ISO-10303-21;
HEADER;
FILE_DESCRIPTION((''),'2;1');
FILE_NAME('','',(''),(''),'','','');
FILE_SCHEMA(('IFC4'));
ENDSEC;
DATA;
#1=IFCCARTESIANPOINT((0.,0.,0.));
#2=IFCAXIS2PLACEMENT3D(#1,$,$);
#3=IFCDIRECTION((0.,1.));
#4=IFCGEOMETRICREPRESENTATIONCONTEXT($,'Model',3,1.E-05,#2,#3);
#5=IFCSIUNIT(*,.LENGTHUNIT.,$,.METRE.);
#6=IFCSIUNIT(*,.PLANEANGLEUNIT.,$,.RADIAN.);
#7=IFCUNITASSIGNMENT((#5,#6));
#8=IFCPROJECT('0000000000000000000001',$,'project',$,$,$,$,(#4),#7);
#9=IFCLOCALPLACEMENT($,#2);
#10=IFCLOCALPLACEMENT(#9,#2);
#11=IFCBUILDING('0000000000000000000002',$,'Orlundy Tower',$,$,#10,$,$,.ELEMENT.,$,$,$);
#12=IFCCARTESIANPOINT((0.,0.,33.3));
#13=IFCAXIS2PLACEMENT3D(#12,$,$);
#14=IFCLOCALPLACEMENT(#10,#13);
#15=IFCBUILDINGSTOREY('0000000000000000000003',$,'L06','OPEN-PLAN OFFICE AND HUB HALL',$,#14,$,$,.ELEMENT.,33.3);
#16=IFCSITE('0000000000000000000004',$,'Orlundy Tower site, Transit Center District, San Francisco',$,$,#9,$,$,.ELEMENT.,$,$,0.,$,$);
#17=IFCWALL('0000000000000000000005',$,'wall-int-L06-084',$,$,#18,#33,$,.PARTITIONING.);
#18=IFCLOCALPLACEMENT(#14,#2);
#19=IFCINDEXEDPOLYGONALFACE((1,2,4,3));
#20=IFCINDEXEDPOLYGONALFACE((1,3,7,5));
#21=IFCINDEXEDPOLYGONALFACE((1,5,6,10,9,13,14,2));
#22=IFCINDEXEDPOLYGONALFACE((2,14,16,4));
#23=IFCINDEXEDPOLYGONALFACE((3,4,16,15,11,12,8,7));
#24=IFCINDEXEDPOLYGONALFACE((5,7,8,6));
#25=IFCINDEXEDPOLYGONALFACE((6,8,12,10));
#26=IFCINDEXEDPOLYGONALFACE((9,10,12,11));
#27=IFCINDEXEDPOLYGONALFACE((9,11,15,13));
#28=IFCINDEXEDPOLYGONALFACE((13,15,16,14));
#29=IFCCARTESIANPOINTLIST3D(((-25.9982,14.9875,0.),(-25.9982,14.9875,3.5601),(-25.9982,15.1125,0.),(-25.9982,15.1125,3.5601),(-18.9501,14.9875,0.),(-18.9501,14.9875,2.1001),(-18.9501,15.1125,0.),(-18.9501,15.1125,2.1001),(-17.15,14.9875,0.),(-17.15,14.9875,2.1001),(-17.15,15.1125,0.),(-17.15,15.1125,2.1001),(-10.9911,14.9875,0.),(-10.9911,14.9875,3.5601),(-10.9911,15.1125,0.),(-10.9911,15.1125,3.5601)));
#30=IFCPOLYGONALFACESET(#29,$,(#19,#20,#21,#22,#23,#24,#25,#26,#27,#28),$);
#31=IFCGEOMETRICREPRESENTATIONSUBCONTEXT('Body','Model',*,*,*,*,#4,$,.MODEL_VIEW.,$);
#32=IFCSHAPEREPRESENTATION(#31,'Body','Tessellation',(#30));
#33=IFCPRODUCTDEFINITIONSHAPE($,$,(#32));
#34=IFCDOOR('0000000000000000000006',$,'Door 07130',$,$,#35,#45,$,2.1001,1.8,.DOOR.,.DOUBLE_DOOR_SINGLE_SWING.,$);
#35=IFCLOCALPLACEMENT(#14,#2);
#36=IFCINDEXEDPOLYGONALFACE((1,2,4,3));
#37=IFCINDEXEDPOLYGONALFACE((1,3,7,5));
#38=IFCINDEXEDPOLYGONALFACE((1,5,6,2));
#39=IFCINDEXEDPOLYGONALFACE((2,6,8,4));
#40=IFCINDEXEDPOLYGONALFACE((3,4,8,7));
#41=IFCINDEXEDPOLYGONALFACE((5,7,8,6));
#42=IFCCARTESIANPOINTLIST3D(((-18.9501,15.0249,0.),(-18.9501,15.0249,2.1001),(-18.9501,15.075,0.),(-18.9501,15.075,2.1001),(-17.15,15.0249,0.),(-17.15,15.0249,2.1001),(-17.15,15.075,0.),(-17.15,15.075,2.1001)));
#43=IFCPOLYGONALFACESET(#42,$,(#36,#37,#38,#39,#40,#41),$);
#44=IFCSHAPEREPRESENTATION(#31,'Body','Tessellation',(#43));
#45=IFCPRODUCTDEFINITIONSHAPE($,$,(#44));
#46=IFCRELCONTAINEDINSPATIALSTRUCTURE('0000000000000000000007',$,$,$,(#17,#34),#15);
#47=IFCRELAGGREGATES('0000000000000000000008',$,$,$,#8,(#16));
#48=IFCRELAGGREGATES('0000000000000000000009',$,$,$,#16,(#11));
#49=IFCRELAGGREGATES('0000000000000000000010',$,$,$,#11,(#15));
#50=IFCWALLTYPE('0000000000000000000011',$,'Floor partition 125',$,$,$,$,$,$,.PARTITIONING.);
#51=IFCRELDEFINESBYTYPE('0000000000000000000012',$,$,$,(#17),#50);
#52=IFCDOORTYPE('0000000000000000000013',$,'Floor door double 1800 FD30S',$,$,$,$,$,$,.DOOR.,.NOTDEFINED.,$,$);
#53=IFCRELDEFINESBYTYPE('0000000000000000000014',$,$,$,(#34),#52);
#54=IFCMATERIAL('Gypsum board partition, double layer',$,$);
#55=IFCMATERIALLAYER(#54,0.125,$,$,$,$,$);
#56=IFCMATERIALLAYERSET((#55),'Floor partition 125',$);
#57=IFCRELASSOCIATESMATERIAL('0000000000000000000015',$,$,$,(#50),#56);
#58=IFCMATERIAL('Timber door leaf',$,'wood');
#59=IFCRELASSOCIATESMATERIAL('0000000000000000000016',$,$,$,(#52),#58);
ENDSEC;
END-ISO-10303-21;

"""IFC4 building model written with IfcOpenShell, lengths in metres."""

from ifc_helpers import new_model, si_unit, direction, frame, frame_2d, origin, place, context, subcontext, project, spatial, rectangle, extrude, material, layer, layer_set, type_object, element, fill, save


model = new_model("IFC4")

# Units and contexts
model_context = context("Model", 3, precision=1e-05, world=origin(), true_north=direction((0.0, 1.0)))
body_context = subcontext(model_context, "Body", "Model", "MODEL_VIEW")
ifc_project = project(units=[si_unit("LENGTHUNIT", "METRE"), si_unit("PLANEANGLEUNIT", "RADIAN")], contexts=[model_context])

# Site, building, storey
site_placement = place(None, origin())
site = spatial("IfcSite", under=ifc_project, at=site_placement, Name="Orlundy Tower site, Transit Center District, San Francisco", CompositionType="ELEMENT", RefElevation=0.0)
building_placement = place(site_placement, origin())
building = spatial("IfcBuilding", under=site, at=building_placement, Name="Orlundy Tower", CompositionType="ELEMENT")
storey_placement = place(building_placement, frame((0.0, 0.0, 33.3)))
storey = spatial("IfcBuildingStorey", under=building, at=storey_placement, Name="L06", Description="OPEN-PLAN OFFICE AND HUB HALL", CompositionType="ELEMENT", Elevation=33.3)

# Wall, opening, door
ifc_material_1 = material(Name="Gypsum board partition, double layer")
ifc_layer_1 = layer(ifc_material_1, 0.125)
ifc_layer_set_1 = layer_set([ifc_layer_1], Name="Floor partition 125")
wall_type_1 = type_object("IfcWallType", Name="Floor partition 125", PredefinedType="PARTITIONING", material=ifc_layer_set_1)
wall_1_placement = place(storey_placement, frame((-25.998, 15.05, 0.0), z_axis=(0.0, 0.0, 1.0), x_axis=(1.0, 0.0, 0.0)))
wall_1 = element("IfcWall", 1, at=wall_1_placement, inside=storey, type_object=wall_type_1, Name="wall-int-L06-084", PredefinedType="PARTITIONING", context=body_context, shape_type="SweptSolid", body=[
    extrude(rectangle(XDim=15.0071, YDim=0.125, at=frame_2d((7.5034, 0.0))), origin(), (0.0, 0.0, 1.0), 3.5601),
])
opening_placement = place(wall_1_placement, frame((7.0481, 0.0, 0.0)))
opening = element("IfcOpeningElement", 2, at=opening_placement, cuts=wall_1, PredefinedType="OPENING", context=body_context, shape_type="SweptSolid", body=[
    extrude(rectangle(XDim=1.8, YDim=2.1001, at=frame_2d((0.8999, 1.05))), frame((0.0, 0.0725, 0.0), z_axis=(0.0, -1.0, 0.0), x_axis=(1.0, 0.0, 0.0)), (0.0, 0.0, 1.0), 0.145),
])
ifc_material_2 = material(Name="Timber door leaf", Category="wood")
door_type = type_object("IfcDoorType", Name="Floor door double 1800 FD30S", OperationType="NOTDEFINED", PredefinedType="DOOR", material=ifc_material_2)
door_placement = place(opening_placement, origin())
door = element("IfcDoor", 3, at=door_placement, inside=storey, type_object=door_type, Name="Door 07130", OperationType="DOUBLE_DOOR_SINGLE_SWING", OverallHeight=2.1001, OverallWidth=1.8, PredefinedType="DOOR", context=body_context, shape_type="SweptSolid", body=[
    extrude(rectangle(XDim=1.8, YDim=2.1001, at=frame_2d((0.8999, 1.05))), frame((0.0, 0.0249, 0.0), z_axis=(0.0, -1.0, 0.0), x_axis=(1.0, 0.0, 0.0)), (0.0, 0.0, 1.0), 0.05),
])
fill(opening, door)

save(model, "model.ifc")
